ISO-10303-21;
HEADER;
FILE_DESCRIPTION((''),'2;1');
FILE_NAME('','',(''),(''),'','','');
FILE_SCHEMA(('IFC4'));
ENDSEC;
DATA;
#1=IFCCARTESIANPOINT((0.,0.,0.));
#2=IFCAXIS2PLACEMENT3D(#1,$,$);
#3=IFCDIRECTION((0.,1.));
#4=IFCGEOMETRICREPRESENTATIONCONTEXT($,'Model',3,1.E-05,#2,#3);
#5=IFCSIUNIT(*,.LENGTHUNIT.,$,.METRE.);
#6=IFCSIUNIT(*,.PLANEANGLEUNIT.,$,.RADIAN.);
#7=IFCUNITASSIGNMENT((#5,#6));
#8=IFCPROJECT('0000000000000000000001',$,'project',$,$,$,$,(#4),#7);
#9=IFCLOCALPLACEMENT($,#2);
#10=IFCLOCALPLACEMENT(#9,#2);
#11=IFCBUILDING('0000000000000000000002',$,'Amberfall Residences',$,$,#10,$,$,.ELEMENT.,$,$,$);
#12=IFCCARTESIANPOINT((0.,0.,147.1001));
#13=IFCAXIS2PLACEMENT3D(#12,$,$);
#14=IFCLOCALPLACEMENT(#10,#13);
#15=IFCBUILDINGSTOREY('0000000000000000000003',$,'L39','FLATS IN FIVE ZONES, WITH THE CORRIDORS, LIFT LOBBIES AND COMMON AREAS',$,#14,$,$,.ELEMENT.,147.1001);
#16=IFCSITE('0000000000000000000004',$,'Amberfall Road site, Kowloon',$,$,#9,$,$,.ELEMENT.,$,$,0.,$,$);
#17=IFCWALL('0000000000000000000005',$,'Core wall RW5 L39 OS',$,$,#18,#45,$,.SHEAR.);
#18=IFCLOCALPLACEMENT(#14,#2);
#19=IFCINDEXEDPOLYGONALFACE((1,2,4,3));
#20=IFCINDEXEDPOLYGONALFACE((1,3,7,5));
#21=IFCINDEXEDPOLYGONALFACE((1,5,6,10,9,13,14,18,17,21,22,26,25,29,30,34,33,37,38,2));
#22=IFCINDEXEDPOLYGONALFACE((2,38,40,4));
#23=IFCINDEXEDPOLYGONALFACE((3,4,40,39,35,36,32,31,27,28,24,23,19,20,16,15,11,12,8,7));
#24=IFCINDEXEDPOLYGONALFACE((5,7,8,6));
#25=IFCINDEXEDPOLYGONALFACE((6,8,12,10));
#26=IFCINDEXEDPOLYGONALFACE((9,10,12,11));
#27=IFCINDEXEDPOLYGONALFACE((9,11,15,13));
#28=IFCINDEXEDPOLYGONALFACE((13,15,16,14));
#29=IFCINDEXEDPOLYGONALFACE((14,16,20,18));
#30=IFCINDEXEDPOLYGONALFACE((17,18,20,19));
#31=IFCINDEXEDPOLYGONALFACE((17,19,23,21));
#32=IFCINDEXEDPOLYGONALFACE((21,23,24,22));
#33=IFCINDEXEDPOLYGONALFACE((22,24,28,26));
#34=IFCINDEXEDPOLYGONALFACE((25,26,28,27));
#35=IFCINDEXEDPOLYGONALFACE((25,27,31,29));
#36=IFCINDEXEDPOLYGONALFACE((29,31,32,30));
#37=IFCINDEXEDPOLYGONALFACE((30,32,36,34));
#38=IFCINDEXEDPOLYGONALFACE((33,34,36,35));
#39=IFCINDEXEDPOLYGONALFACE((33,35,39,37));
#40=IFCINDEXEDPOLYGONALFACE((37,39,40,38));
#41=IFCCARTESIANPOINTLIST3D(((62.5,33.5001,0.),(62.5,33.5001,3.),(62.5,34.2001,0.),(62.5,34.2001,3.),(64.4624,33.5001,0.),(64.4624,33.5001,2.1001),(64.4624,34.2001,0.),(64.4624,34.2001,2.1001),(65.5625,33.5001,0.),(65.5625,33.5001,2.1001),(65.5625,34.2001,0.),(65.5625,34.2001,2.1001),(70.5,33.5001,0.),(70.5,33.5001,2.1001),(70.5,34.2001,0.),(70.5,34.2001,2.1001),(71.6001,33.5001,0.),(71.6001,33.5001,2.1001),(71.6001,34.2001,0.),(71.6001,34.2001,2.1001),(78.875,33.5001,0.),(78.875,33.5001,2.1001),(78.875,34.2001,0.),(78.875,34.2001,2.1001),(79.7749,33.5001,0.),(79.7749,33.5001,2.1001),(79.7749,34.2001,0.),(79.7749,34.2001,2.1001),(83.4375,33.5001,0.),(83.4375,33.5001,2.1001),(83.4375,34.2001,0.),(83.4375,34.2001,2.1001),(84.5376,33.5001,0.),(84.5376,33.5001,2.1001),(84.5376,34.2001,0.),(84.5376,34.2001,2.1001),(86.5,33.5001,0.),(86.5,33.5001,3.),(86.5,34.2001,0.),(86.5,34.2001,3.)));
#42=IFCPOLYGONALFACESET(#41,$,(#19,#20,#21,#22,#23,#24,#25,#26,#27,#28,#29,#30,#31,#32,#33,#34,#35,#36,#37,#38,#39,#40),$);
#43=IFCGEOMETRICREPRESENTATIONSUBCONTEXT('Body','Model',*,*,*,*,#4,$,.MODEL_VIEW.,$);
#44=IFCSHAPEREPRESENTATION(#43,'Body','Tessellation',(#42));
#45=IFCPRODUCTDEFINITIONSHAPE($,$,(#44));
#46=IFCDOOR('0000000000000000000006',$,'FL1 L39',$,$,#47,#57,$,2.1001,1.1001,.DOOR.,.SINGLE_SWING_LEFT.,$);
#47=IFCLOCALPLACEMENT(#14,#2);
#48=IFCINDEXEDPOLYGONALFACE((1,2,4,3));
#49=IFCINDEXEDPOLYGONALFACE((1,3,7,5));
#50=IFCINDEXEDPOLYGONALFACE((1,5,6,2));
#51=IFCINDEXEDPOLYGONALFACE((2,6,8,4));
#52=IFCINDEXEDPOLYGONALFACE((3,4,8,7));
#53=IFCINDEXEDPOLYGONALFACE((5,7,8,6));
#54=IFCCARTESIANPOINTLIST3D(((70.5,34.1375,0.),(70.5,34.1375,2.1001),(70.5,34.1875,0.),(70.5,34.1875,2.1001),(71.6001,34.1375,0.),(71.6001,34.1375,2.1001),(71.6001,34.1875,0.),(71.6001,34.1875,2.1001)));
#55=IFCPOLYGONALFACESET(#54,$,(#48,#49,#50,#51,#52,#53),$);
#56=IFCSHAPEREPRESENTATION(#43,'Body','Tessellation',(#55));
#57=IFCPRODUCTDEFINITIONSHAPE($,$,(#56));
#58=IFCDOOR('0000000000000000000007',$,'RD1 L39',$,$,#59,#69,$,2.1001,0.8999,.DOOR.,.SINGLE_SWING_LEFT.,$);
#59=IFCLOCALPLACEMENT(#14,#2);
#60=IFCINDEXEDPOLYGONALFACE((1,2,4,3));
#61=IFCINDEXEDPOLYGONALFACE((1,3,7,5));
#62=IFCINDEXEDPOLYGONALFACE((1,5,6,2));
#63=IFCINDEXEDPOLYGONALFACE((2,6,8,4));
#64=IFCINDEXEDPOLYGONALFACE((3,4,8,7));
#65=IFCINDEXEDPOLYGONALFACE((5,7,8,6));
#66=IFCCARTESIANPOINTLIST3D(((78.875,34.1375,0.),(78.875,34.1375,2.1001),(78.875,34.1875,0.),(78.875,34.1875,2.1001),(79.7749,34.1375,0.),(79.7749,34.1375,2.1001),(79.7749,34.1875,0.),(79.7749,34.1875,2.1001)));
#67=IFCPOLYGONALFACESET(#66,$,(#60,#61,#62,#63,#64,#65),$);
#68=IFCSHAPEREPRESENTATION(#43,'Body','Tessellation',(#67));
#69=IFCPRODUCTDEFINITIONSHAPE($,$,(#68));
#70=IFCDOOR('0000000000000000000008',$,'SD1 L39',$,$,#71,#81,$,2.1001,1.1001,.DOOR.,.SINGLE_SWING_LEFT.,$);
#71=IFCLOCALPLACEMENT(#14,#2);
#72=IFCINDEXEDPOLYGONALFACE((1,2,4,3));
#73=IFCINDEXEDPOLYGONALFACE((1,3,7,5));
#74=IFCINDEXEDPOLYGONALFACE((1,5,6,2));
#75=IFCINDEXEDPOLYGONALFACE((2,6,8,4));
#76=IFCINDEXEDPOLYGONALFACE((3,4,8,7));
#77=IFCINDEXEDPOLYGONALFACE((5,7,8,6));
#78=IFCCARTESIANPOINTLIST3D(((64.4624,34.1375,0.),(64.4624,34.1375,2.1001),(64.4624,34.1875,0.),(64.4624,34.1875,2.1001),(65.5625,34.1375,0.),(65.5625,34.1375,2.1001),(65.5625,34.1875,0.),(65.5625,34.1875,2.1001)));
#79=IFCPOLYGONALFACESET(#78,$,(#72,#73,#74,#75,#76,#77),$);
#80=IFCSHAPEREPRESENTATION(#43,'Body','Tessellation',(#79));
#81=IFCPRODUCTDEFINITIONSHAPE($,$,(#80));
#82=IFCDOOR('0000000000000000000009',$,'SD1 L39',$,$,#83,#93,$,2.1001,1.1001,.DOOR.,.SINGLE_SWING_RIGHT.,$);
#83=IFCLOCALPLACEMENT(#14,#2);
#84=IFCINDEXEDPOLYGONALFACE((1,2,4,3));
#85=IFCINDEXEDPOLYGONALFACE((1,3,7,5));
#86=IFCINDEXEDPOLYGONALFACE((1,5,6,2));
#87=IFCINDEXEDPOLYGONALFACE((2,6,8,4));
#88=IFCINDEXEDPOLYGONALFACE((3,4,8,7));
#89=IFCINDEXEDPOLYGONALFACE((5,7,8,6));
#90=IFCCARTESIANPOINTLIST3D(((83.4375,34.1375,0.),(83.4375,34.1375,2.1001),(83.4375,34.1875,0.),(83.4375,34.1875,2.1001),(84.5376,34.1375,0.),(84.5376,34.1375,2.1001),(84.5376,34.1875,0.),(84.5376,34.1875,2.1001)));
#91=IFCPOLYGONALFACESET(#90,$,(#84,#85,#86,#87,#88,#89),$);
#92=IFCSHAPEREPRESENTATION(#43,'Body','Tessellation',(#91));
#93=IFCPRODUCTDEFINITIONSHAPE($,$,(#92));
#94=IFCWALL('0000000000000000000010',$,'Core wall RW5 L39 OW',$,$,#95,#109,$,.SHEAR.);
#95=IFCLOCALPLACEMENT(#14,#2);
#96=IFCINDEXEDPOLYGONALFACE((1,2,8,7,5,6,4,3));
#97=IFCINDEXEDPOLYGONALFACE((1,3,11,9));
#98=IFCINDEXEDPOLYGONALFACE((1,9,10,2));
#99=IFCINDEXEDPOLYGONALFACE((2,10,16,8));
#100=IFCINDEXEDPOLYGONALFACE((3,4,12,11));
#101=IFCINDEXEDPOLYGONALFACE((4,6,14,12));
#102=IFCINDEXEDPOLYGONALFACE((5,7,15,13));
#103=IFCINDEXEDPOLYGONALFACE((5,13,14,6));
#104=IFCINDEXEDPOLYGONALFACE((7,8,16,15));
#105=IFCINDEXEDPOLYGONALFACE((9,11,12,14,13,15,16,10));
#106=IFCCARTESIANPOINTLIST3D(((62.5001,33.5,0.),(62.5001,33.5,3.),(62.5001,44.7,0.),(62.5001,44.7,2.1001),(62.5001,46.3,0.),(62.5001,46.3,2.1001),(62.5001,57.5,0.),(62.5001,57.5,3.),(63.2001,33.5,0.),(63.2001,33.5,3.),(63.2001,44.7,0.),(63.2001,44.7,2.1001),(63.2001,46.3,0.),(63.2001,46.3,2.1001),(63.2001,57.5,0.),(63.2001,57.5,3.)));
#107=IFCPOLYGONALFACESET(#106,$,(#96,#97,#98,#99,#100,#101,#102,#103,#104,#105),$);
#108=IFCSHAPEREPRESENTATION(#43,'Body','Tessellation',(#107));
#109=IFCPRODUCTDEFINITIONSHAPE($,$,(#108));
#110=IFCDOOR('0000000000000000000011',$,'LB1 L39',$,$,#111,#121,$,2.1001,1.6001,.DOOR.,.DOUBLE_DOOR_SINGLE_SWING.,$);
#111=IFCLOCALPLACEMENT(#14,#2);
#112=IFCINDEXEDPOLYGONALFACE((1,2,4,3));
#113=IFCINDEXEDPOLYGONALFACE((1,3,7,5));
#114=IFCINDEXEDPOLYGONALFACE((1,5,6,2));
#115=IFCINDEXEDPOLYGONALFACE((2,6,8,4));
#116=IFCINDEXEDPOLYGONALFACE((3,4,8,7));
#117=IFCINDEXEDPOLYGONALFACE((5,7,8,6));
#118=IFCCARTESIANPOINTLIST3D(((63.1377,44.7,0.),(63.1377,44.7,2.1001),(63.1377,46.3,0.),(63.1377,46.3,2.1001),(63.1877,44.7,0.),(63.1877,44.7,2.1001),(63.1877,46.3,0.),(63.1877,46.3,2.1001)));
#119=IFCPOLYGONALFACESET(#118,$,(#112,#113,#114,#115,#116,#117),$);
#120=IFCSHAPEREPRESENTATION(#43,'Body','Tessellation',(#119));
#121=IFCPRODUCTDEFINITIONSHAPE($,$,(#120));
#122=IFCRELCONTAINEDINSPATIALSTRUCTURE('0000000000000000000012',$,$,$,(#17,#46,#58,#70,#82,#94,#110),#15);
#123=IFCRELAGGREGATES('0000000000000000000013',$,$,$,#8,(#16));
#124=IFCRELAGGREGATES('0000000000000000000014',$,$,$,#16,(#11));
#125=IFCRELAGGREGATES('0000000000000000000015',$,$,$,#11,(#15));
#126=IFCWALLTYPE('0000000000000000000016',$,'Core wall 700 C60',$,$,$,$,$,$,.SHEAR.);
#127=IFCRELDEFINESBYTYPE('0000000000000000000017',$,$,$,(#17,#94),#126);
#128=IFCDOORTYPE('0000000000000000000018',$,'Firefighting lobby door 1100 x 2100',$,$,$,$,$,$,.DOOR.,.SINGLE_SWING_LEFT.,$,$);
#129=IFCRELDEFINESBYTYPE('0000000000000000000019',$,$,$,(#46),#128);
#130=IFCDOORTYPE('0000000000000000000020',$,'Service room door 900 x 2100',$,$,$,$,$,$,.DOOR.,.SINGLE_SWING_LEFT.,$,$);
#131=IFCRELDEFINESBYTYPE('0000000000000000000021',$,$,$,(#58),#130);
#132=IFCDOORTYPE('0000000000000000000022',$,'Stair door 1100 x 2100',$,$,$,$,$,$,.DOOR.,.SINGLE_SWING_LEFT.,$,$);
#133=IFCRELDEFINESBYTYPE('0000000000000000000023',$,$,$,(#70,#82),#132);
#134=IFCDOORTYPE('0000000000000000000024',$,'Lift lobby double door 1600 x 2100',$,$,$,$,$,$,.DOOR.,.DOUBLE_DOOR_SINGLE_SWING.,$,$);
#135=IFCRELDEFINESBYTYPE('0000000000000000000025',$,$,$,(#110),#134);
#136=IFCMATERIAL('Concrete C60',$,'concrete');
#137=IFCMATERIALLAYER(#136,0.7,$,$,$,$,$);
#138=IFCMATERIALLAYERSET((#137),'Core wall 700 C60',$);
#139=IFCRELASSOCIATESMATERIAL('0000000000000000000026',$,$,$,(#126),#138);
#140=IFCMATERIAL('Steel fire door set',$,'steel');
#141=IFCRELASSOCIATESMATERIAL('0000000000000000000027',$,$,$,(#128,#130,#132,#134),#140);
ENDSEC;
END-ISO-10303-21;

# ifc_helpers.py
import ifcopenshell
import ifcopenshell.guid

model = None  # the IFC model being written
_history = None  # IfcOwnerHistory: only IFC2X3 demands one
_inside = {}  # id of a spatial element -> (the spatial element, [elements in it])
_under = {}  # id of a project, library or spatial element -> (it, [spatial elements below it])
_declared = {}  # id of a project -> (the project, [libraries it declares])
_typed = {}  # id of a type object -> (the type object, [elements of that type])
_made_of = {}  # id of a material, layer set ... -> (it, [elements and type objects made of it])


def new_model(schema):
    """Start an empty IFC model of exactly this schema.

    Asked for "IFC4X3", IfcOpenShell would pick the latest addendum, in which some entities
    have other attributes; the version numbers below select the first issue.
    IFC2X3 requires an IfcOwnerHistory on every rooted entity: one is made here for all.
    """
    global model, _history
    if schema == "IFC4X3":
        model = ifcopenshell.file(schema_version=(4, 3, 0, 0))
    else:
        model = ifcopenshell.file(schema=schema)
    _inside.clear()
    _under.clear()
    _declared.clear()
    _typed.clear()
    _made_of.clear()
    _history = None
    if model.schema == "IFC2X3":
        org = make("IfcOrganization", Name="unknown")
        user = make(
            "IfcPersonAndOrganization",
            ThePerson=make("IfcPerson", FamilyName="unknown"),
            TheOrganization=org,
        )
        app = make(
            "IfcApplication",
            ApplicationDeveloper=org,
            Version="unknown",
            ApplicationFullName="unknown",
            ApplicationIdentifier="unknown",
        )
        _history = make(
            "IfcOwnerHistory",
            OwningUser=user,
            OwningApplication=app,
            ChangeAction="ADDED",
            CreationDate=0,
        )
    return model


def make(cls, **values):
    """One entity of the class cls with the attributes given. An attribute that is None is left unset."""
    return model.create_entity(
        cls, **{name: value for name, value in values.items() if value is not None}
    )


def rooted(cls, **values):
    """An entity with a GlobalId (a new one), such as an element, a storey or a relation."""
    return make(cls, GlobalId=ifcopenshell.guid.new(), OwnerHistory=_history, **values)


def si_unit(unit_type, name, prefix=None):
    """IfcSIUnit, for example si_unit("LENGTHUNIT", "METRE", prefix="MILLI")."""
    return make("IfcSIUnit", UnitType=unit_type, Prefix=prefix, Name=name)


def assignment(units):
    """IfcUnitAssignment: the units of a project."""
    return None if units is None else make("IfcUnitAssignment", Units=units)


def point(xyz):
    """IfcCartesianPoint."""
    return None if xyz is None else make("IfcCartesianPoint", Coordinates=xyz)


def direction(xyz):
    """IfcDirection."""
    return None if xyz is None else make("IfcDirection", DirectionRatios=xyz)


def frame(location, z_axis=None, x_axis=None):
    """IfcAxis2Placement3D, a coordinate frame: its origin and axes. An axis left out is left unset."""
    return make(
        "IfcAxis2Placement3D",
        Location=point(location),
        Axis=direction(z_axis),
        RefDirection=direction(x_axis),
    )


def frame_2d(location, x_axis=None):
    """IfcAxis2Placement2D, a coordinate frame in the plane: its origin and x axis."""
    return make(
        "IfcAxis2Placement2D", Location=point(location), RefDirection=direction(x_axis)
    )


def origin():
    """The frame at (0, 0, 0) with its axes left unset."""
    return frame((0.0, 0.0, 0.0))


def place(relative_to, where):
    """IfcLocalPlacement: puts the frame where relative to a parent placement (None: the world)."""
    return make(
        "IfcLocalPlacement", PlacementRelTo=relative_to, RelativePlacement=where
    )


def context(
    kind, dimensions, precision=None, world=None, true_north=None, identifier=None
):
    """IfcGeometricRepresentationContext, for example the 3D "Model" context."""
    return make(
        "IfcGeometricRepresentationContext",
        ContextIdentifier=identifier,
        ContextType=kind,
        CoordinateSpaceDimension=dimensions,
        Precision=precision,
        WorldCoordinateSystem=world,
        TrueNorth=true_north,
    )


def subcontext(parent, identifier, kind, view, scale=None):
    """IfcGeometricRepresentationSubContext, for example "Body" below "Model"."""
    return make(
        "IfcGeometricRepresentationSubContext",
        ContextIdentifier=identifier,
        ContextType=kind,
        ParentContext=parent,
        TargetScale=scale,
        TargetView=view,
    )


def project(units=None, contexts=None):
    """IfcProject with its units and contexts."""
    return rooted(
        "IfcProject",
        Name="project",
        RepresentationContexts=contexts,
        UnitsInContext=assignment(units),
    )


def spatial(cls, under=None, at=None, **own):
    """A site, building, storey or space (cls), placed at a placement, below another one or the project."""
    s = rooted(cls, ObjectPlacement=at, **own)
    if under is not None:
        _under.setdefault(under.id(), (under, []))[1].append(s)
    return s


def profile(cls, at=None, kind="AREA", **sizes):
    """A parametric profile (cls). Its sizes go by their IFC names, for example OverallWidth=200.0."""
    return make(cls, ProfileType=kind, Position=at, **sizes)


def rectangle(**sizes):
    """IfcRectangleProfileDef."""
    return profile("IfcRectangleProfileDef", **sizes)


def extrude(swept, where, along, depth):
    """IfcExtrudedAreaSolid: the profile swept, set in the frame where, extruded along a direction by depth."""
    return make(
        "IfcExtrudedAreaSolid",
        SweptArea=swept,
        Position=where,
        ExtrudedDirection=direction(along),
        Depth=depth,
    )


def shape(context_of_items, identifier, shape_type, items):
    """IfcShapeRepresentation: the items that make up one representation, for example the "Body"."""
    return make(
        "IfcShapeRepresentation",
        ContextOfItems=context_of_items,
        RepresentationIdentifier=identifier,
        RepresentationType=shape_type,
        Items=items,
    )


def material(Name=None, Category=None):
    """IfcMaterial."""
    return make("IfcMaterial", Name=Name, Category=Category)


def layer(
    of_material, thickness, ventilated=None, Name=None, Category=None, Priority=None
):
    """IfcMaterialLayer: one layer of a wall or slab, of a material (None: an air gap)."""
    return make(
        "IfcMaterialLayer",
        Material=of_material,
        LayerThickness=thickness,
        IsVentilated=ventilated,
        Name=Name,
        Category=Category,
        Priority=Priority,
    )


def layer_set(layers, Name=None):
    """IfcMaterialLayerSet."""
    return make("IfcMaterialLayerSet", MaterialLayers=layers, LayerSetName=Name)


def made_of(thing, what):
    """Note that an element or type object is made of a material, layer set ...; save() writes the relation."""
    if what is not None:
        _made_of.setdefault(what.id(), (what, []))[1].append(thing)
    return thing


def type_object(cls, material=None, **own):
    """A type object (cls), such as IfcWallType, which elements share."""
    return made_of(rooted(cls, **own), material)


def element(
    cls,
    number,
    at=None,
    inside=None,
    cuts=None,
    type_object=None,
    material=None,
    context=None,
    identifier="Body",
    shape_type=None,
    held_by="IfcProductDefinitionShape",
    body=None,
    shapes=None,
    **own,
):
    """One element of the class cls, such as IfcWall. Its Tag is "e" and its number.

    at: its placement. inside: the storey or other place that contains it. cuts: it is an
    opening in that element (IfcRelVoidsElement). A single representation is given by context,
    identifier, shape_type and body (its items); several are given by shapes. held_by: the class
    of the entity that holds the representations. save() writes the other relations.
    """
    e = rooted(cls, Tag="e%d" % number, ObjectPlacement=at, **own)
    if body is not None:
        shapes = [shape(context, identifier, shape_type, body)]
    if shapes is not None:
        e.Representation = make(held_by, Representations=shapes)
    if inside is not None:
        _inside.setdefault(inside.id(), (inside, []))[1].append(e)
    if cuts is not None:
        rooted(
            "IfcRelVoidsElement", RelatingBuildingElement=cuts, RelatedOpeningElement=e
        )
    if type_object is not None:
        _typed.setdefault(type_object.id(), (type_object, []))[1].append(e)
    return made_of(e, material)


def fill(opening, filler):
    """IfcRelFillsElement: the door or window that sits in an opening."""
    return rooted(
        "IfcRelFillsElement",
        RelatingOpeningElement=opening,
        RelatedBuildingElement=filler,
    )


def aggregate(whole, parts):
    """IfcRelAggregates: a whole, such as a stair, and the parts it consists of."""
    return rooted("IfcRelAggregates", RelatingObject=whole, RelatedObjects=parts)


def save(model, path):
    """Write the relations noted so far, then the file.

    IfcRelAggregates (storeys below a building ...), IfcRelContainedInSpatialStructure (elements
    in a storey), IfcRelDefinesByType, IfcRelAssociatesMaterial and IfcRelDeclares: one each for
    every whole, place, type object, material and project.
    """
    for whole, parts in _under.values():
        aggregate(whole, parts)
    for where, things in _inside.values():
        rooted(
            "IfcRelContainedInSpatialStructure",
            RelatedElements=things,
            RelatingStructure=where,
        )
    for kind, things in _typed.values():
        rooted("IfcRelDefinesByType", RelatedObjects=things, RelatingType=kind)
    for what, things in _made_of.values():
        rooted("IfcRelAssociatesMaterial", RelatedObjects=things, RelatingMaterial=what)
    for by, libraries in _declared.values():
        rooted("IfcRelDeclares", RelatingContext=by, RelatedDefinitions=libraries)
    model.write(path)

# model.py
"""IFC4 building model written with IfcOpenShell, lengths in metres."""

from ifc_helpers import new_model, si_unit, direction, frame, frame_2d, origin, place, context, subcontext, project, spatial, rectangle, extrude, material, layer, layer_set, type_object, element, fill, save


model = new_model("IFC4")

# Units and contexts
model_context = context("Model", 3, precision=1e-05, world=origin(), true_north=direction((0.0, 1.0)))
body_context = subcontext(model_context, "Body", "Model", "MODEL_VIEW")
ifc_project = project(units=[si_unit("LENGTHUNIT", "METRE"), si_unit("PLANEANGLEUNIT", "RADIAN")], contexts=[model_context])

# Site, building, storey
site_placement = place(None, origin())
site = spatial("IfcSite", under=ifc_project, at=site_placement, Name="Amberfall Road site, Kowloon", CompositionType="ELEMENT", RefElevation=0.0)
building_placement = place(site_placement, origin())
building = spatial("IfcBuilding", under=site, at=building_placement, Name="Amberfall Residences", CompositionType="ELEMENT")
storey_placement = place(building_placement, frame((0.0, 0.0, 147.1001)))
storey = spatial("IfcBuildingStorey", under=building, at=storey_placement, Name="L39", Description="FLATS IN FIVE ZONES, WITH THE CORRIDORS, LIFT LOBBIES AND COMMON AREAS", CompositionType="ELEMENT", Elevation=147.1001)

# Wall, openings, doors
ifc_material_1 = material(Name="Concrete C60", Category="concrete")
ifc_layer_1 = layer(ifc_material_1, 0.7)
ifc_layer_set_1 = layer_set([ifc_layer_1], Name="Core wall 700 C60")
wall_type_1 = type_object("IfcWallType", Name="Core wall 700 C60", PredefinedType="SHEAR", material=ifc_layer_set_1)
wall_1_placement = place(storey_placement, frame((62.5, 33.8501, 0.0), z_axis=(0.0, 0.0, 1.0), x_axis=(1.0, 0.0, 0.0)))
wall_1 = element("IfcWall", 1, at=wall_1_placement, inside=storey, type_object=wall_type_1, Name="Core wall RW5 L39 OS", PredefinedType="SHEAR", context=body_context, shape_type="SweptSolid", body=[
    extrude(rectangle(XDim=24.0, YDim=0.7, at=frame_2d((12.0, 0.0))), origin(), (0.0, 0.0, 1.0), 3.0),
])
opening_1_placement = place(wall_1_placement, frame((1.9624, 0.0, 0.0)))
opening_1 = element("IfcOpeningElement", 2, at=opening_1_placement, cuts=wall_1, PredefinedType="OPENING", context=body_context, shape_type="SweptSolid", body=[
    extrude(rectangle(XDim=1.1001, YDim=2.1001, at=frame_2d((0.55, 1.05))), frame((0.0, 0.3599, 0.0), z_axis=(0.0, -1.0, 0.0), x_axis=(1.0, 0.0, 0.0)), (0.0, 0.0, 1.0), 0.72),
])
opening_2_placement = place(wall_1_placement, frame((20.9375, 0.0, 0.0)))
opening_2 = element("IfcOpeningElement", 3, at=opening_2_placement, cuts=wall_1, PredefinedType="OPENING", context=body_context, shape_type="SweptSolid", body=[
    extrude(rectangle(XDim=1.1001, YDim=2.1001, at=frame_2d((0.55, 1.05))), frame((0.0, 0.3599, 0.0), z_axis=(0.0, -1.0, 0.0), x_axis=(1.0, 0.0, 0.0)), (0.0, 0.0, 1.0), 0.72),
])
opening_3_placement = place(wall_1_placement, frame((8.0, 0.0, 0.0)))
opening_3 = element("IfcOpeningElement", 4, at=opening_3_placement, cuts=wall_1, PredefinedType="OPENING", context=body_context, shape_type="SweptSolid", body=[
    extrude(rectangle(XDim=1.1001, YDim=2.1001, at=frame_2d((0.55, 1.05))), frame((0.0, 0.3599, 0.0), z_axis=(0.0, -1.0, 0.0), x_axis=(1.0, 0.0, 0.0)), (0.0, 0.0, 1.0), 0.72),
])
opening_4_placement = place(wall_1_placement, frame((16.375, 0.0, 0.0)))
opening_4 = element("IfcOpeningElement", 5, at=opening_4_placement, cuts=wall_1, PredefinedType="OPENING", context=body_context, shape_type="SweptSolid", body=[
    extrude(rectangle(XDim=0.8999, YDim=2.1001, at=frame_2d((0.45, 1.05))), frame((0.0, 0.3599, 0.0), z_axis=(0.0, -1.0, 0.0), x_axis=(1.0, 0.0, 0.0)), (0.0, 0.0, 1.0), 0.72),
])
ifc_material_2 = material(Name="Steel fire door set", Category="steel")
door_type_1 = type_object("IfcDoorType", Name="Firefighting lobby door 1100 x 2100", OperationType="SINGLE_SWING_LEFT", PredefinedType="DOOR", material=ifc_material_2)
door_1_placement = place(opening_3_placement, origin())
door_1 = element("IfcDoor", 6, at=door_1_placement, inside=storey, type_object=door_type_1, Name="FL1 L39", OperationType="SINGLE_SWING_LEFT", OverallHeight=2.1001, OverallWidth=1.1001, PredefinedType="DOOR", context=body_context, shape_type="SweptSolid", body=[
    extrude(rectangle(XDim=1.1001, YDim=2.1001, at=frame_2d((0.55, 1.05))), frame((0.0, 0.3374, 0.0), z_axis=(0.0, -1.0, 0.0), x_axis=(1.0, 0.0, 0.0)), (0.0, 0.0, 1.0), 0.05),
])
fill(opening_3, door_1)
door_type_2 = type_object("IfcDoorType", Name="Service room door 900 x 2100", OperationType="SINGLE_SWING_LEFT", PredefinedType="DOOR", material=ifc_material_2)
door_2_placement = place(opening_4_placement, origin())
door_2 = element("IfcDoor", 7, at=door_2_placement, inside=storey, type_object=door_type_2, Name="RD1 L39", OperationType="SINGLE_SWING_LEFT", OverallHeight=2.1001, OverallWidth=0.8999, PredefinedType="DOOR", context=body_context, shape_type="SweptSolid", body=[
    extrude(rectangle(XDim=0.8999, YDim=2.1001, at=frame_2d((0.45, 1.05))), frame((0.0, 0.3374, 0.0), z_axis=(0.0, -1.0, 0.0), x_axis=(1.0, 0.0, 0.0)), (0.0, 0.0, 1.0), 0.05),
])
fill(opening_4, door_2)
door_type_3 = type_object("IfcDoorType", Name="Stair door 1100 x 2100", OperationType="SINGLE_SWING_LEFT", PredefinedType="DOOR", material=ifc_material_2)
door_3_placement = place(opening_1_placement, origin())
door_3 = element("IfcDoor", 8, at=door_3_placement, inside=storey, type_object=door_type_3, Name="SD1 L39", OperationType="SINGLE_SWING_LEFT", OverallHeight=2.1001, OverallWidth=1.1001, PredefinedType="DOOR", context=body_context, shape_type="SweptSolid", body=[
    extrude(rectangle(XDim=1.1001, YDim=2.1001, at=frame_2d((0.55, 1.05))), frame((0.0, 0.3374, 0.0), z_axis=(0.0, -1.0, 0.0), x_axis=(1.0, 0.0, 0.0)), (0.0, 0.0, 1.0), 0.05),
])
fill(opening_1, door_3)
door_4_placement = place(opening_2_placement, origin())
door_4 = element("IfcDoor", 9, at=door_4_placement, inside=storey, type_object=door_type_3, Name="SD1 L39", OperationType="SINGLE_SWING_RIGHT", OverallHeight=2.1001, OverallWidth=1.1001, PredefinedType="DOOR", context=body_context, shape_type="SweptSolid", body=[
    extrude(rectangle(XDim=1.1001, YDim=2.1001, at=frame_2d((0.55, 1.05))), frame((0.0, 0.3374, 0.0), z_axis=(0.0, -1.0, 0.0), x_axis=(1.0, 0.0, 0.0)), (0.0, 0.0, 1.0), 0.05),
])
fill(opening_2, door_4)

# Wall, opening, door
wall_2_placement = place(storey_placement, frame((62.8501, 33.5, 0.0), z_axis=(0.0, 0.0, 1.0), x_axis=(0.0, 1.0, 0.0)))
wall_2 = element("IfcWall", 10, at=wall_2_placement, inside=storey, type_object=wall_type_1, Name="Core wall RW5 L39 OW", PredefinedType="SHEAR", context=body_context, shape_type="SweptSolid", body=[
    extrude(rectangle(XDim=24.0, YDim=0.7, at=frame_2d((12.0, 0.0))), origin(), (0.0, 0.0, 1.0), 3.0),
])
opening_5_placement = place(wall_2_placement, frame((11.2, 0.0, 0.0)))
opening_5 = element("IfcOpeningElement", 11, at=opening_5_placement, cuts=wall_2, PredefinedType="OPENING", context=body_context, shape_type="SweptSolid", body=[
    extrude(rectangle(XDim=1.6001, YDim=2.1001, at=frame_2d((0.8, 1.05))), frame((0.0, 0.3599, 0.0), z_axis=(0.0, -1.0, 0.0), x_axis=(1.0, 0.0, 0.0)), (0.0, 0.0, 1.0), 0.72),
])
door_type_4 = type_object("IfcDoorType", Name="Lift lobby double door 1600 x 2100", OperationType="DOUBLE_DOOR_SINGLE_SWING", PredefinedType="DOOR", material=ifc_material_2)
door_5_placement = place(opening_5_placement, origin())
door_5 = element("IfcDoor", 12, at=door_5_placement, inside=storey, type_object=door_type_4, Name="LB1 L39", OperationType="DOUBLE_DOOR_SINGLE_SWING", OverallHeight=2.1001, OverallWidth=1.6001, PredefinedType="DOOR", context=body_context, shape_type="SweptSolid", body=[
    extrude(rectangle(XDim=1.6001, YDim=2.1001, at=frame_2d((0.8, 1.05))), frame((0.0, -0.2876, 0.0), z_axis=(0.0, -1.0, 0.0), x_axis=(1.0, 0.0, 0.0)), (0.0, 0.0, 1.0), 0.05),
])
fill(opening_5, door_5)

save(model, "model.ifc")
